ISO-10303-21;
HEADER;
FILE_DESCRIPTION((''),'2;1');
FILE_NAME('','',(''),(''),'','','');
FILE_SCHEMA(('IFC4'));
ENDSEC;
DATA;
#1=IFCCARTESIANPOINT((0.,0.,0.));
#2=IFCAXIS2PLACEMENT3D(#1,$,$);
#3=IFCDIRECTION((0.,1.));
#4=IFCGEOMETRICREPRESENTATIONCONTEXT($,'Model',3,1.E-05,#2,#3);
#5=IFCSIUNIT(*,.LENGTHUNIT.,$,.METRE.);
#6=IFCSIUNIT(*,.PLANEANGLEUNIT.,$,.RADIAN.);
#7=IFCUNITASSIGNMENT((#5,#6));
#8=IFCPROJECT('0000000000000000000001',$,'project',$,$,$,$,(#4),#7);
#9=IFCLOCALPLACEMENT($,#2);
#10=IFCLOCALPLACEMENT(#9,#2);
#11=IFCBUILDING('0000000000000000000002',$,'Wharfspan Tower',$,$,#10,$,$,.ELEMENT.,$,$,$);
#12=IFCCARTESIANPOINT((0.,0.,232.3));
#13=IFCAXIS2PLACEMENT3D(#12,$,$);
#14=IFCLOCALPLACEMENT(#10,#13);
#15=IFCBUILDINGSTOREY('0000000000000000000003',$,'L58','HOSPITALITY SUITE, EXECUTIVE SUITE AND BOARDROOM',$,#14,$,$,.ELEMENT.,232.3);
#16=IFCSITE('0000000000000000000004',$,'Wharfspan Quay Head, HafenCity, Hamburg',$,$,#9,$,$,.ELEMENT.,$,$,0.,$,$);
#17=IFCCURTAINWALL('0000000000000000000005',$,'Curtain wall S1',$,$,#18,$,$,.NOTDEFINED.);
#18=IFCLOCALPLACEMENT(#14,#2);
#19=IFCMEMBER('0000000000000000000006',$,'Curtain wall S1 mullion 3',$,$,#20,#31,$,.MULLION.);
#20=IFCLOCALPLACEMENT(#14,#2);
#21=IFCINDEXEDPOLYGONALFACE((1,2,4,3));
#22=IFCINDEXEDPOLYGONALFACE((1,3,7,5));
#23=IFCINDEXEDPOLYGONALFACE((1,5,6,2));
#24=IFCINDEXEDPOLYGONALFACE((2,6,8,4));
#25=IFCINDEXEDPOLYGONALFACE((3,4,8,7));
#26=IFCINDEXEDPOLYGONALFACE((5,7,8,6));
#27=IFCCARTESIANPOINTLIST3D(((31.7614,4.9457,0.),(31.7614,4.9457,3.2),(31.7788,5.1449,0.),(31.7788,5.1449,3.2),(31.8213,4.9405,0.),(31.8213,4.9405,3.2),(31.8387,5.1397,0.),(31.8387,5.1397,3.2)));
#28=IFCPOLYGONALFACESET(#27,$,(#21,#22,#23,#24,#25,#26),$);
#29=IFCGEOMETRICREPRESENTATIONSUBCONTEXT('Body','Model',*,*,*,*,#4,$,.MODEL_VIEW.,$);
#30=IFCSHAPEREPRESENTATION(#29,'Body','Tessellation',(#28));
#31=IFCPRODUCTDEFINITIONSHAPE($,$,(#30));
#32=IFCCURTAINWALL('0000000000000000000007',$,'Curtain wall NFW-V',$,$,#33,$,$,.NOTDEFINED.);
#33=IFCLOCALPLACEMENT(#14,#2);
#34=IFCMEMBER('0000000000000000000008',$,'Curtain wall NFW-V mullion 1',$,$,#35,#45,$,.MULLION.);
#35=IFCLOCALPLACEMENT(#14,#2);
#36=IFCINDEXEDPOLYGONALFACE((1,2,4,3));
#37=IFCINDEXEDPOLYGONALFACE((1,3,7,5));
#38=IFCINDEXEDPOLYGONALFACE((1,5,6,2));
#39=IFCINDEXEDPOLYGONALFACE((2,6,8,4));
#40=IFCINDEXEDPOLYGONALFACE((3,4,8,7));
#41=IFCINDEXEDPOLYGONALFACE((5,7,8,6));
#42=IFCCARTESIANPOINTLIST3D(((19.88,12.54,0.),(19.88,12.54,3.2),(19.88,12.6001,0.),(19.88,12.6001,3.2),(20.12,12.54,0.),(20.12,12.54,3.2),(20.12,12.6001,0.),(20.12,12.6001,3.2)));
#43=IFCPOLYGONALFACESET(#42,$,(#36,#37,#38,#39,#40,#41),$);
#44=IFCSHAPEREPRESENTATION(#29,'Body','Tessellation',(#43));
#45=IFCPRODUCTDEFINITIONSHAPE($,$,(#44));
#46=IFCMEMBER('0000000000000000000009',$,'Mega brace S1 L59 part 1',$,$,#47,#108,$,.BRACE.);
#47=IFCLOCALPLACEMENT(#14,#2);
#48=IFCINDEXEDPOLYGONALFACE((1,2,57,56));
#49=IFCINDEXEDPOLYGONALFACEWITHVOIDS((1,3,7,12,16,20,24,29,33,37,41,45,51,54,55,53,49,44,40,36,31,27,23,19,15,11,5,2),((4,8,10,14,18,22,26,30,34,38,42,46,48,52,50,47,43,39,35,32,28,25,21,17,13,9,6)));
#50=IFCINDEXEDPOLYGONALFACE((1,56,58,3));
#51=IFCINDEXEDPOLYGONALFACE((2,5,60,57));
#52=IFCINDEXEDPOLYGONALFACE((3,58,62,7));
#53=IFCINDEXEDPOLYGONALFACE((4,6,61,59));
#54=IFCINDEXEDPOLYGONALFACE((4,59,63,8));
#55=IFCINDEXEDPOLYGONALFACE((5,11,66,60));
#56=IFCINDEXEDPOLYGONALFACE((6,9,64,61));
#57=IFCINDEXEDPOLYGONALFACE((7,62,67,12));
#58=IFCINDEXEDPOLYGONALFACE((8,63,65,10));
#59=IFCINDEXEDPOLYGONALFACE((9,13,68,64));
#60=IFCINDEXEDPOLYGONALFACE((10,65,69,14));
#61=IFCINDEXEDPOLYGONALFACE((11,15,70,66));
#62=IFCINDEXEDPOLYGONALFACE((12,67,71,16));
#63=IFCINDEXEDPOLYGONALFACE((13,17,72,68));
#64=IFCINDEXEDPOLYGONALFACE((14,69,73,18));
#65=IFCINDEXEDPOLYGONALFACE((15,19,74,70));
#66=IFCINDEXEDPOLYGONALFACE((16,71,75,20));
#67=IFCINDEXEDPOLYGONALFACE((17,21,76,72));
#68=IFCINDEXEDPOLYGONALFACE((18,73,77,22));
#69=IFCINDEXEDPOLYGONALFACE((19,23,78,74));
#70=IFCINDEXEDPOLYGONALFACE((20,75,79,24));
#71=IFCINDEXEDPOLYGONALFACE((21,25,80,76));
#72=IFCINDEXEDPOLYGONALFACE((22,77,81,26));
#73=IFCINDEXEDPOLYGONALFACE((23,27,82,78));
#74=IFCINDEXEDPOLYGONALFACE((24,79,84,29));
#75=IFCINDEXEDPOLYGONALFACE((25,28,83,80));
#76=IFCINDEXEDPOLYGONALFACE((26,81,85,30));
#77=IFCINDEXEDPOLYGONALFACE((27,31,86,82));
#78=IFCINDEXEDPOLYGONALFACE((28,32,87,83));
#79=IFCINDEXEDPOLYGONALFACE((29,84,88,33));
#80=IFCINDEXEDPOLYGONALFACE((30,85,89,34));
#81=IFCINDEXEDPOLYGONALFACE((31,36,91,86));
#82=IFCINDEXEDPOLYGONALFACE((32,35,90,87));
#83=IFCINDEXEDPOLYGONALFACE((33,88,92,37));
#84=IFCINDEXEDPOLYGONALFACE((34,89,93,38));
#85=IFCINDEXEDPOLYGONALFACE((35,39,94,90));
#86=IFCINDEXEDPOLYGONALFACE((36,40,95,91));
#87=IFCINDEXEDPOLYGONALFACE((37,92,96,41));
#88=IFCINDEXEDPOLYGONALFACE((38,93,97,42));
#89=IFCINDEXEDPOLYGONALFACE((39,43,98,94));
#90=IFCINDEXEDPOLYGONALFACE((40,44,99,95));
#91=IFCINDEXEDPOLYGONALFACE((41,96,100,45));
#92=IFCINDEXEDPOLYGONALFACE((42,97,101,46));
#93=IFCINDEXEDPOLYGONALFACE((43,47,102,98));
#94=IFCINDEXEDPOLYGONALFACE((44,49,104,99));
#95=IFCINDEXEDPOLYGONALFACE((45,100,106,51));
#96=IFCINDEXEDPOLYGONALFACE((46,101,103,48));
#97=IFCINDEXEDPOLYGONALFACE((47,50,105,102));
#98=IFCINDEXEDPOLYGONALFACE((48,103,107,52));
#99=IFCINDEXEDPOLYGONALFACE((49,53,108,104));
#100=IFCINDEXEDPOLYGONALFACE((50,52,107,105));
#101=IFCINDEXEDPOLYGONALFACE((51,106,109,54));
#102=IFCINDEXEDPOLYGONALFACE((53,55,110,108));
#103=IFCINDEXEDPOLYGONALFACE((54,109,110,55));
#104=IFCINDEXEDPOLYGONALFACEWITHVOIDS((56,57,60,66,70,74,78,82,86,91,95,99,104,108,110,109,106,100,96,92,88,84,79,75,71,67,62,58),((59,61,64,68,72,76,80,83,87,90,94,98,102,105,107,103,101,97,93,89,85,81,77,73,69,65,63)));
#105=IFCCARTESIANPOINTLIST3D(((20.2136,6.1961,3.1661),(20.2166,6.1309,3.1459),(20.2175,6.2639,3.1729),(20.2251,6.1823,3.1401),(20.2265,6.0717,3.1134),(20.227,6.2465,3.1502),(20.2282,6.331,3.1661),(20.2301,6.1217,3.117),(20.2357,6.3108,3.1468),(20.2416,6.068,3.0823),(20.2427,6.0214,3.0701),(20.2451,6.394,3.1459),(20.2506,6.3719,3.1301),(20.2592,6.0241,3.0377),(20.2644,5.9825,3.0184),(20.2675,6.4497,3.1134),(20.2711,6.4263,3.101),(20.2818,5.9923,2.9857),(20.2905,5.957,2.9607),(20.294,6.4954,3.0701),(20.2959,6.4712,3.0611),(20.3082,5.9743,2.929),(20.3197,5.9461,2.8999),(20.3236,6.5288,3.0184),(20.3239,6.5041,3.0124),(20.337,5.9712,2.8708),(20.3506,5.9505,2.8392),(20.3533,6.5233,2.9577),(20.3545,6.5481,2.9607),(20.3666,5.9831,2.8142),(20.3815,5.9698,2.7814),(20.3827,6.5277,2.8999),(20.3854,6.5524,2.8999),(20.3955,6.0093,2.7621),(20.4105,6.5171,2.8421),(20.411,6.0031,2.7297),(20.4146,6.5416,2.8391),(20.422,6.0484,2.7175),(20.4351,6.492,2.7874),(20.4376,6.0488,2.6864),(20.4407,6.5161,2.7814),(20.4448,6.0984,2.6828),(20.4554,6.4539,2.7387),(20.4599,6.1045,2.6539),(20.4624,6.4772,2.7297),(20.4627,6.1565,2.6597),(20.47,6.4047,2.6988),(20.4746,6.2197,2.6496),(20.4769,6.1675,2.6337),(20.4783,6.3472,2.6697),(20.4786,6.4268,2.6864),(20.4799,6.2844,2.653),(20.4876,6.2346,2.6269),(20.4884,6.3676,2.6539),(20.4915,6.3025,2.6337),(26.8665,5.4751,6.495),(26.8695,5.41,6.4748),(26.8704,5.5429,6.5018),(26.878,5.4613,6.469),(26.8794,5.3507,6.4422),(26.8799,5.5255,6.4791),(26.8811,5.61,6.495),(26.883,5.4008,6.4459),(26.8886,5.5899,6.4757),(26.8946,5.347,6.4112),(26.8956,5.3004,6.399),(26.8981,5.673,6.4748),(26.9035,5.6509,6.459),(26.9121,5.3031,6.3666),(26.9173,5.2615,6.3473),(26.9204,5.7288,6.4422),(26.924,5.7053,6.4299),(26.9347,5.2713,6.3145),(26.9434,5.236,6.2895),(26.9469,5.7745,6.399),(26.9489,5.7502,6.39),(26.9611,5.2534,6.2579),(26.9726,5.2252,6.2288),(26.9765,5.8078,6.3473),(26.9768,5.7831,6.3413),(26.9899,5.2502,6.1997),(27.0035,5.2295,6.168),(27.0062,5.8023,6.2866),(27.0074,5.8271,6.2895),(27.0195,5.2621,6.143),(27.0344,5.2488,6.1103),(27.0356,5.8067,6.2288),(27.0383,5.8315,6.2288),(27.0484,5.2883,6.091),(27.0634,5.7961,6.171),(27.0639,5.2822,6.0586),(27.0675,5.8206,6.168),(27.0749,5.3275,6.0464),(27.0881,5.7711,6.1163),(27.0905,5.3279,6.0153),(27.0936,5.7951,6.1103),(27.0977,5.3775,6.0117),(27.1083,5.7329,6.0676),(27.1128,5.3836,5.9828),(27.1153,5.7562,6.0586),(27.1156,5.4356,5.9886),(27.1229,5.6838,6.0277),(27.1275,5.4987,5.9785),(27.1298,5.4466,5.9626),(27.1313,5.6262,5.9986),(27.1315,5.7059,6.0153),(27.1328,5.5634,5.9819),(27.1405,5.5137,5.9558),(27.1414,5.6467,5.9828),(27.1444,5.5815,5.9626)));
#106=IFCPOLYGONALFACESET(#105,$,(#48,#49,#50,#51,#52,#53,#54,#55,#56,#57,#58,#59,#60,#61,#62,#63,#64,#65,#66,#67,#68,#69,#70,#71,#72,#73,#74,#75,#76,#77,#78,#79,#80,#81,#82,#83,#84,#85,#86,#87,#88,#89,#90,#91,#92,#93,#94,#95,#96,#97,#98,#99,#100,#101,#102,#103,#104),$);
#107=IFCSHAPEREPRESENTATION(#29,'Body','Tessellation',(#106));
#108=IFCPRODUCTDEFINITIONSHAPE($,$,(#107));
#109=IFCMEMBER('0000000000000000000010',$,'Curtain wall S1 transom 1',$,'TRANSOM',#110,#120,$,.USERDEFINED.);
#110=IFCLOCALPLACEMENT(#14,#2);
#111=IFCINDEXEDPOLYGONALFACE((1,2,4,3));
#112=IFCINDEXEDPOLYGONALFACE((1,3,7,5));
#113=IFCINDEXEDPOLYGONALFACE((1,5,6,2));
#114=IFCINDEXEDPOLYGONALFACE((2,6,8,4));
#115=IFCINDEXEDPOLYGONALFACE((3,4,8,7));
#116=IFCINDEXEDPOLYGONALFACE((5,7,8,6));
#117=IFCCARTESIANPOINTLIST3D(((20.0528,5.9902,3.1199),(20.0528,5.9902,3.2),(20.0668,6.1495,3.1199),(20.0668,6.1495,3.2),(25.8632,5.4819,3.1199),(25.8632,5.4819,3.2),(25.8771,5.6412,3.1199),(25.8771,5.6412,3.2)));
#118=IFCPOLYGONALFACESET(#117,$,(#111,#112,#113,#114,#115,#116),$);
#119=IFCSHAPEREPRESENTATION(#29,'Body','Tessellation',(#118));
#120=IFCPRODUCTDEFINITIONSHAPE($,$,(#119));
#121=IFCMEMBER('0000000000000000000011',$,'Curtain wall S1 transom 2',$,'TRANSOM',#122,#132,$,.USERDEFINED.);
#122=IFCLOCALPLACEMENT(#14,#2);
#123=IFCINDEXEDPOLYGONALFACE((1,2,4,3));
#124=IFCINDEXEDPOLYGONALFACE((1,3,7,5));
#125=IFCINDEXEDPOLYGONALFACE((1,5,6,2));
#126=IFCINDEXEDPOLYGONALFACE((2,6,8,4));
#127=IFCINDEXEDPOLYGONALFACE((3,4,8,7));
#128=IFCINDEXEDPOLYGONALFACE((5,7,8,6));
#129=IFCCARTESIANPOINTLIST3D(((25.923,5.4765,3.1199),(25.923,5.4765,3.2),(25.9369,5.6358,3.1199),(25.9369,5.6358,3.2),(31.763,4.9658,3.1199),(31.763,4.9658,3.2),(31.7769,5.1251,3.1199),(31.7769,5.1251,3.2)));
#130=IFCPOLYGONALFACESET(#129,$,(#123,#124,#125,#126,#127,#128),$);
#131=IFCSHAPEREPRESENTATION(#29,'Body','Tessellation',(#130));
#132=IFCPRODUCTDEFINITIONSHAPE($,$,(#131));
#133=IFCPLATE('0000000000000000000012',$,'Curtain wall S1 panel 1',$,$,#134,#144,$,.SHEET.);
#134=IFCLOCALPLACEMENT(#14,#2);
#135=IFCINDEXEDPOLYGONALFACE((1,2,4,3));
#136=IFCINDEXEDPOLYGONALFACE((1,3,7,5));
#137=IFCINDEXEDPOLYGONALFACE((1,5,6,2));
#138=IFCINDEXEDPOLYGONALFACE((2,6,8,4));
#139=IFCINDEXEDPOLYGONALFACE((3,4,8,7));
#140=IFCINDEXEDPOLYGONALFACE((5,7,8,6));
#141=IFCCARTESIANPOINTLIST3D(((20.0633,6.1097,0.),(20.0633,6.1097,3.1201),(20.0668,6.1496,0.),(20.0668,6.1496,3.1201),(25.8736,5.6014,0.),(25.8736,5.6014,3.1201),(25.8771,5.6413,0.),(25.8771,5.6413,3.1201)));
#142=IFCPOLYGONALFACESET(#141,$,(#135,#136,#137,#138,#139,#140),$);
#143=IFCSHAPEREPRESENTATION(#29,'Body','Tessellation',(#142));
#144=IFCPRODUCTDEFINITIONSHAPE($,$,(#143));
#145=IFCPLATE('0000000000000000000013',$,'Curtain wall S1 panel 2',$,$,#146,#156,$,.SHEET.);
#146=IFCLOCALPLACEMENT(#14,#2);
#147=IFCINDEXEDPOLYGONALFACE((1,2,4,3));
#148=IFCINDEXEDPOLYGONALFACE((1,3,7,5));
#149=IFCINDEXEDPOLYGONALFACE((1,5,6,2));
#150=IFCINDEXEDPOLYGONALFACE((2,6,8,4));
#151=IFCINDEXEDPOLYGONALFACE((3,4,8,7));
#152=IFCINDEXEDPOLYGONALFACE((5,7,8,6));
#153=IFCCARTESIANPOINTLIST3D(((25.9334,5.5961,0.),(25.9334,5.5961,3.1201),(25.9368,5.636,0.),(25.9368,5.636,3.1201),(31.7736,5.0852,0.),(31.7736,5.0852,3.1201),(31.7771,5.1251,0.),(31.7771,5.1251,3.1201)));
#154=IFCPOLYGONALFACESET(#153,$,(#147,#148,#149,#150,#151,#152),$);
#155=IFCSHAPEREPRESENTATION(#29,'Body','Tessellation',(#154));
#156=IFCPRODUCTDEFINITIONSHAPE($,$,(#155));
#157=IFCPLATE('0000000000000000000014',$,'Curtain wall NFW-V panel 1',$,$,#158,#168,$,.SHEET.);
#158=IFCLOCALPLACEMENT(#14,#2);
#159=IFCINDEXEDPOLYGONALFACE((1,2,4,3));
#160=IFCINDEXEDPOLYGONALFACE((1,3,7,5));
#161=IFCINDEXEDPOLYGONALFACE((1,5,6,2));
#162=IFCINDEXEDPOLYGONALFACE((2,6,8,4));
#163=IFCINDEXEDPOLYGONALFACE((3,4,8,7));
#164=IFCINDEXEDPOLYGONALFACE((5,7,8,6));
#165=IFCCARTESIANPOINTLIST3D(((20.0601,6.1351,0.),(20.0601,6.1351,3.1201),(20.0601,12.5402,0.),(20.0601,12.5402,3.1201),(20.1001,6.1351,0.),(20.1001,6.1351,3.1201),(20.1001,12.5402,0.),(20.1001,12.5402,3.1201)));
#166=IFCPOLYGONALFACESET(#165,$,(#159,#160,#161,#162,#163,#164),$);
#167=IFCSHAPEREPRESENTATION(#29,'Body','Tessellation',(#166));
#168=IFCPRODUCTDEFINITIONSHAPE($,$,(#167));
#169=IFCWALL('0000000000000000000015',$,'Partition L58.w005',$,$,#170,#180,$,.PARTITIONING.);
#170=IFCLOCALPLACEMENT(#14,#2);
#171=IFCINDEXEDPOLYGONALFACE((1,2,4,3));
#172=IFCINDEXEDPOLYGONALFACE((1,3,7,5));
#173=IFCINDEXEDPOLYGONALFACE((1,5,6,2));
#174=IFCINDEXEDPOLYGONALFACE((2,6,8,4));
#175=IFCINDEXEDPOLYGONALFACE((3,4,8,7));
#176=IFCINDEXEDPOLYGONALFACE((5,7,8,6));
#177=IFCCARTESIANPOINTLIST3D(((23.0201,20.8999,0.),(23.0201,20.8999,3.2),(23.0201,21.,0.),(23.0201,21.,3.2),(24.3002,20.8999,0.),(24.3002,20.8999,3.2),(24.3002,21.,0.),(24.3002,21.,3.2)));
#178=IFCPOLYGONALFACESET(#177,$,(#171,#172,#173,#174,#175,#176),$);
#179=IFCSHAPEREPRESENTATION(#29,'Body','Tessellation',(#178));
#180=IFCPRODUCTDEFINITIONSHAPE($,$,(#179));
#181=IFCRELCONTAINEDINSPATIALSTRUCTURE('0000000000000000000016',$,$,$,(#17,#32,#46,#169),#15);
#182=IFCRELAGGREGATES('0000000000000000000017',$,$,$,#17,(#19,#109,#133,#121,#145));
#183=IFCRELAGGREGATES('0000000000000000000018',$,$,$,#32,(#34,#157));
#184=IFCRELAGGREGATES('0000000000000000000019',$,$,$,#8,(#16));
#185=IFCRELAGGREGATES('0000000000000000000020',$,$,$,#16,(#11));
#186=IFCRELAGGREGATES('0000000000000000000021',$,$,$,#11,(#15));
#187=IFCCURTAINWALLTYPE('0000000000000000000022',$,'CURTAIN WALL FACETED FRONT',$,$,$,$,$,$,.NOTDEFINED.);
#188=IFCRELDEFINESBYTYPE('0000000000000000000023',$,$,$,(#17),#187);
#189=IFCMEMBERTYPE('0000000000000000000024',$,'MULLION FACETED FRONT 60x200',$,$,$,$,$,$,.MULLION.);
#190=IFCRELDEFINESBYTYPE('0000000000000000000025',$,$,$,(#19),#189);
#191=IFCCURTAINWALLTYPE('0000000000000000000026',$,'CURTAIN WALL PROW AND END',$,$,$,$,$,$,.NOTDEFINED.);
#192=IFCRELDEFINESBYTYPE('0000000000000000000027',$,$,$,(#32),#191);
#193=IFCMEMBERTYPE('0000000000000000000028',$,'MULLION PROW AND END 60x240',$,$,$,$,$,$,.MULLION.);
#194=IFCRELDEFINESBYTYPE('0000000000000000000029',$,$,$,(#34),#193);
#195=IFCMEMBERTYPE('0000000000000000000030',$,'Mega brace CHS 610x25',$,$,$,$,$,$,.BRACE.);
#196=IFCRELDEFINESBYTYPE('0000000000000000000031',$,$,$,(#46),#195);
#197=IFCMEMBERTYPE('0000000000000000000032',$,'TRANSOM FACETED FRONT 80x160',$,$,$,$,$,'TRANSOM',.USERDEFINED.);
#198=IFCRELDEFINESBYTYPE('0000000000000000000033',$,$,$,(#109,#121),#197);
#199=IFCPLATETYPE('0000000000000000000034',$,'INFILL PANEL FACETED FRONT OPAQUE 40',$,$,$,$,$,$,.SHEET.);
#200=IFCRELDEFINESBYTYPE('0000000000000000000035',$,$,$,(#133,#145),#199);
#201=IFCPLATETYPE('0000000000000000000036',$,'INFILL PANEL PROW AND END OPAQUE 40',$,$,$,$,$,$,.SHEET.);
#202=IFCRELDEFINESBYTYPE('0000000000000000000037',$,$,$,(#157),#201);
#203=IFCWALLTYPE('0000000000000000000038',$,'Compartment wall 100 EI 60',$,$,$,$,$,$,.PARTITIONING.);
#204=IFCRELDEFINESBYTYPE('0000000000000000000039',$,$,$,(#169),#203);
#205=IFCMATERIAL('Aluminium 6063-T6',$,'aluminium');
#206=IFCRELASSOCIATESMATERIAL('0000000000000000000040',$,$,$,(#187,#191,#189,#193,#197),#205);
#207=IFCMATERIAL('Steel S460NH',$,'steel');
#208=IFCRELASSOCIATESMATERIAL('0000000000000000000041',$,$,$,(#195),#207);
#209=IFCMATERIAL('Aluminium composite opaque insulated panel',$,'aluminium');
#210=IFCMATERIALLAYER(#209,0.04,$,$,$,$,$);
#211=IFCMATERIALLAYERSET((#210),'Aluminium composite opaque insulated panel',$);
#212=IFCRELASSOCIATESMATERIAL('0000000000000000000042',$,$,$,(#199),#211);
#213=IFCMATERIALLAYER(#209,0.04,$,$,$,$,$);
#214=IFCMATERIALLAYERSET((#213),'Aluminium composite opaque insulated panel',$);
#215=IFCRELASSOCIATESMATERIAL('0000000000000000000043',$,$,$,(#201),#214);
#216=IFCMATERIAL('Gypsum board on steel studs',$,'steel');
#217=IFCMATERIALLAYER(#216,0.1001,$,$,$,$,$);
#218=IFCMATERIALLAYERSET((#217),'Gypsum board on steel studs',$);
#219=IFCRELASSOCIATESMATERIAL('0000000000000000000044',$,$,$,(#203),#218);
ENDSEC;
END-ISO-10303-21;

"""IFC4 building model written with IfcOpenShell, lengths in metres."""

from ifc_helpers import new_model, si_unit, direction, frame, frame_2d, origin, origin_2d, place, context, subcontext, project, spatial, rectangle, hollow_circle, extrude, material, layer, layer_set, material_profile, profile_set, type_object, element, aggregate, save


model = new_model("IFC4")

# Units and contexts
model_context = context("Model", 3, precision=1e-05, world=origin(), true_north=direction((0.0, 1.0)))
body_context = subcontext(model_context, "Body", "Model", "MODEL_VIEW")
ifc_project = project(units=[si_unit("LENGTHUNIT", "METRE"), si_unit("PLANEANGLEUNIT", "RADIAN")], contexts=[model_context])

# Site, building, storey
site_placement = place(None, origin())
site = spatial("IfcSite", under=ifc_project, at=site_placement, Name="Wharfspan Quay Head, HafenCity, Hamburg", CompositionType="ELEMENT", RefElevation=0.0)
building_placement = place(site_placement, origin())
building = spatial("IfcBuilding", under=site, at=building_placement, Name="Wharfspan Tower", CompositionType="ELEMENT")
storey_placement = place(building_placement, frame((0.0, 0.0, 232.3)))
storey = spatial("IfcBuildingStorey", under=building, at=storey_placement, Name="L58", Description="HOSPITALITY SUITE, EXECUTIVE SUITE AND BOARDROOM", CompositionType="ELEMENT", Elevation=232.3)

# Curtain wall, member
ifc_material_1 = material(Name="Aluminium 6063-T6", Category="aluminium")
curtain_wall_type_1 = type_object("IfcCurtainWallType", Name="CURTAIN WALL FACETED FRONT", PredefinedType="NOTDEFINED", material=ifc_material_1)
curtain_wall_1_placement = place(storey_placement, origin())
curtain_wall_1 = element("IfcCurtainWall", 1, at=curtain_wall_1_placement, inside=storey, type_object=curtain_wall_type_1, Name="Curtain wall S1", PredefinedType="NOTDEFINED")
ifc_material_profile_1 = material_profile(ifc_material_1, rectangle(XDim=0.2, YDim=0.0601, at=origin_2d()))
ifc_profile_set_1 = profile_set([ifc_material_profile_1], Name="Aluminium 6063-T6")
member_type_1 = type_object("IfcMemberType", Name="MULLION FACETED FRONT 60x200", PredefinedType="MULLION", material=ifc_profile_set_1)
member_1_placement = place(storey_placement, frame((31.8, 5.0427, 0.0), z_axis=(0.0, 0.0, 1.0), x_axis=(0.087156, 0.996197, 0.0)))
member_1 = element("IfcMember", 2, at=member_1_placement, type_object=member_type_1, Name="Curtain wall S1 mullion 3", PredefinedType="MULLION", context=body_context, shape_type="SweptSolid", body=[
    extrude(rectangle(XDim=0.2, YDim=0.0601, at=origin_2d()), origin(), (0.0, 0.0, 1.0), 3.2),
])

# Curtain wall, member
curtain_wall_type_2 = type_object("IfcCurtainWallType", Name="CURTAIN WALL PROW AND END", PredefinedType="NOTDEFINED", material=ifc_material_1)
curtain_wall_2_placement = place(storey_placement, origin())
curtain_wall_2 = element("IfcCurtainWall", 3, at=curtain_wall_2_placement, inside=storey, type_object=curtain_wall_type_2, Name="Curtain wall NFW-V", PredefinedType="NOTDEFINED")
ifc_material_profile_2 = material_profile(ifc_material_1, rectangle(XDim=0.24, YDim=0.0601, at=origin_2d()))
ifc_profile_set_2 = profile_set([ifc_material_profile_2], Name="Aluminium 6063-T6")
member_type_2 = type_object("IfcMemberType", Name="MULLION PROW AND END 60x240", PredefinedType="MULLION", material=ifc_profile_set_2)
member_2_placement = place(storey_placement, frame((20.0, 12.5701, 0.0), z_axis=(0.0, 0.0, 1.0), x_axis=(1.0, 0.0, 0.0)))
member_2 = element("IfcMember", 4, at=member_2_placement, type_object=member_type_2, Name="Curtain wall NFW-V mullion 1", PredefinedType="MULLION", context=body_context, shape_type="SweptSolid", body=[
    extrude(rectangle(XDim=0.24, YDim=0.0601, at=origin_2d()), origin(), (0.0, 0.0, 1.0), 3.2),
])

# Members
ifc_material_2 = material(Name="Steel S460NH", Category="steel")
ifc_material_profile_3 = material_profile(ifc_material_2, hollow_circle(Radius=0.3049, WallThickness=0.0249, at=origin_2d()))
ifc_profile_set_3 = profile_set([ifc_material_profile_3], Name="Steel S460NH")
member_type_3 = type_object("IfcMemberType", Name="Mega brace CHS 610x25", PredefinedType="BRACE", material=ifc_profile_set_3)
member_3_placement = place(storey_placement, frame((20.3525, 6.2493, 2.8999), z_axis=(0.890126, -0.09646, 0.445389), x_axis=(0.107737, 0.99418, -0.000002)))
element("IfcMember", 5, at=member_3_placement, inside=storey, type_object=member_type_3, Name="Mega brace S1 L59 part 1", PredefinedType="BRACE", context=body_context, shape_type="SweptSolid", body=[
    extrude(hollow_circle(Radius=0.3049, WallThickness=0.0249, at=origin_2d()), origin(), (0.0, 0.0, 1.0), 7.4741),
])
ifc_material_profile_4 = material_profile(ifc_material_1, rectangle(XDim=0.1599, YDim=0.0801, at=origin_2d()))
ifc_profile_set_4 = profile_set([ifc_material_profile_4], Name="Aluminium 6063-T6")
member_type_4 = type_object("IfcMemberType", Name="TRANSOM FACETED FRONT 80x160", ElementType="TRANSOM", PredefinedType="USERDEFINED", material=ifc_profile_set_4)
member_4_placement = place(storey_placement, frame((20.0598, 6.0698, 3.1599), z_axis=(0.996195, -0.08715, 0.0), x_axis=(0.08715, 0.996195, 0.0)))
member_4 = element("IfcMember", 6, at=member_4_placement, type_object=member_type_4, Name="Curtain wall S1 transom 1", ObjectType="TRANSOM", PredefinedType="USERDEFINED", context=body_context, shape_type="SweptSolid", body=[
    extrude(rectangle(XDim=0.1599, YDim=0.0801, at=origin_2d()), origin(), (0.0, 0.0, 1.0), 5.8325),
])
member_5_placement = place(storey_placement, frame((25.9299, 5.5562, 3.1599), z_axis=(0.996198, -0.087122, 0.0), x_axis=(0.087122, 0.996198, 0.0)))
member_5 = element("IfcMember", 7, at=member_5_placement, type_object=member_type_4, Name="Curtain wall S1 transom 2", ObjectType="TRANSOM", PredefinedType="USERDEFINED", context=body_context, shape_type="SweptSolid", body=[
    extrude(rectangle(XDim=0.1599, YDim=0.0801, at=origin_2d()), origin(), (0.0, 0.0, 1.0), 5.8623),
])

# Plates
ifc_material_3 = material(Name="Aluminium composite opaque insulated panel", Category="aluminium")
ifc_layer_1 = layer(ifc_material_3, 0.04)
ifc_layer_set_1 = layer_set([ifc_layer_1], Name="Aluminium composite opaque insulated panel")
plate_type_1 = type_object("IfcPlateType", Name="INFILL PANEL FACETED FRONT OPAQUE 40", PredefinedType="SHEET", material=ifc_layer_set_1)
plate_1_placement = place(storey_placement, frame((22.9702, 5.8755, 0.0), z_axis=(0.0, 0.0, 1.0), x_axis=(0.996197, -0.087156, 0.0)))
plate_1 = element("IfcPlate", 8, at=plate_1_placement, type_object=plate_type_1, Name="Curtain wall S1 panel 1", PredefinedType="SHEET", context=body_context, shape_type="SweptSolid", body=[
    extrude(rectangle(XDim=5.8325, YDim=0.04, at=origin_2d()), origin(), (0.0, 0.0, 1.0), 3.1201),
])
plate_2_placement = place(storey_placement, frame((28.8552, 5.3606, 0.0), z_axis=(0.0, 0.0, 1.0), x_axis=(0.996197, -0.087156, 0.0)))
plate_2 = element("IfcPlate", 9, at=plate_2_placement, type_object=plate_type_1, Name="Curtain wall S1 panel 2", PredefinedType="SHEET", context=body_context, shape_type="SweptSolid", body=[
    extrude(rectangle(XDim=5.8625, YDim=0.04, at=origin_2d()), origin(), (0.0, 0.0, 1.0), 3.1201),
])
aggregate(curtain_wall_1, [member_1, member_4, plate_1, member_5, plate_2])
ifc_layer_2 = layer(ifc_material_3, 0.04)
ifc_layer_set_2 = layer_set([ifc_layer_2], Name="Aluminium composite opaque insulated panel")
plate_type_2 = type_object("IfcPlateType", Name="INFILL PANEL PROW AND END OPAQUE 40", PredefinedType="SHEET", material=ifc_layer_set_2)
plate_3_placement = place(storey_placement, frame((20.0801, 9.3376, 0.0), z_axis=(0.0, 0.0, 1.0), x_axis=(0.0, -1.0, 0.0)))
plate_3 = element("IfcPlate", 10, at=plate_3_placement, type_object=plate_type_2, Name="Curtain wall NFW-V panel 1", PredefinedType="SHEET", context=body_context, shape_type="SweptSolid", body=[
    extrude(rectangle(XDim=6.405, YDim=0.04, at=origin_2d()), origin(), (0.0, 0.0, 1.0), 3.1201),
])
aggregate(curtain_wall_2, [member_2, plate_3])

# Wall
ifc_material_4 = material(Name="Gypsum board on steel studs", Category="steel")
ifc_layer_3 = layer(ifc_material_4, 0.1001)
ifc_layer_set_3 = layer_set([ifc_layer_3], Name="Gypsum board on steel studs")
wall_type_1 = type_object("IfcWallType", Name="Compartment wall 100 EI 60", PredefinedType="PARTITIONING", material=ifc_layer_set_3)
wall_1_placement = place(storey_placement, frame((23.02, 20.95, 0.0), z_axis=(0.0, 0.0, 1.0), x_axis=(1.0, 0.0, 0.0)))
element("IfcWall", 11, at=wall_1_placement, inside=storey, type_object=wall_type_1, Name="Partition L58.w005", PredefinedType="PARTITIONING", context=body_context, shape_type="SweptSolid", body=[
    extrude(rectangle(XDim=1.28, YDim=0.1001, at=frame_2d((0.6401, 0.0))), origin(), (0.0, 0.0, 1.0), 3.2),
])

save(model, "model.ifc")
